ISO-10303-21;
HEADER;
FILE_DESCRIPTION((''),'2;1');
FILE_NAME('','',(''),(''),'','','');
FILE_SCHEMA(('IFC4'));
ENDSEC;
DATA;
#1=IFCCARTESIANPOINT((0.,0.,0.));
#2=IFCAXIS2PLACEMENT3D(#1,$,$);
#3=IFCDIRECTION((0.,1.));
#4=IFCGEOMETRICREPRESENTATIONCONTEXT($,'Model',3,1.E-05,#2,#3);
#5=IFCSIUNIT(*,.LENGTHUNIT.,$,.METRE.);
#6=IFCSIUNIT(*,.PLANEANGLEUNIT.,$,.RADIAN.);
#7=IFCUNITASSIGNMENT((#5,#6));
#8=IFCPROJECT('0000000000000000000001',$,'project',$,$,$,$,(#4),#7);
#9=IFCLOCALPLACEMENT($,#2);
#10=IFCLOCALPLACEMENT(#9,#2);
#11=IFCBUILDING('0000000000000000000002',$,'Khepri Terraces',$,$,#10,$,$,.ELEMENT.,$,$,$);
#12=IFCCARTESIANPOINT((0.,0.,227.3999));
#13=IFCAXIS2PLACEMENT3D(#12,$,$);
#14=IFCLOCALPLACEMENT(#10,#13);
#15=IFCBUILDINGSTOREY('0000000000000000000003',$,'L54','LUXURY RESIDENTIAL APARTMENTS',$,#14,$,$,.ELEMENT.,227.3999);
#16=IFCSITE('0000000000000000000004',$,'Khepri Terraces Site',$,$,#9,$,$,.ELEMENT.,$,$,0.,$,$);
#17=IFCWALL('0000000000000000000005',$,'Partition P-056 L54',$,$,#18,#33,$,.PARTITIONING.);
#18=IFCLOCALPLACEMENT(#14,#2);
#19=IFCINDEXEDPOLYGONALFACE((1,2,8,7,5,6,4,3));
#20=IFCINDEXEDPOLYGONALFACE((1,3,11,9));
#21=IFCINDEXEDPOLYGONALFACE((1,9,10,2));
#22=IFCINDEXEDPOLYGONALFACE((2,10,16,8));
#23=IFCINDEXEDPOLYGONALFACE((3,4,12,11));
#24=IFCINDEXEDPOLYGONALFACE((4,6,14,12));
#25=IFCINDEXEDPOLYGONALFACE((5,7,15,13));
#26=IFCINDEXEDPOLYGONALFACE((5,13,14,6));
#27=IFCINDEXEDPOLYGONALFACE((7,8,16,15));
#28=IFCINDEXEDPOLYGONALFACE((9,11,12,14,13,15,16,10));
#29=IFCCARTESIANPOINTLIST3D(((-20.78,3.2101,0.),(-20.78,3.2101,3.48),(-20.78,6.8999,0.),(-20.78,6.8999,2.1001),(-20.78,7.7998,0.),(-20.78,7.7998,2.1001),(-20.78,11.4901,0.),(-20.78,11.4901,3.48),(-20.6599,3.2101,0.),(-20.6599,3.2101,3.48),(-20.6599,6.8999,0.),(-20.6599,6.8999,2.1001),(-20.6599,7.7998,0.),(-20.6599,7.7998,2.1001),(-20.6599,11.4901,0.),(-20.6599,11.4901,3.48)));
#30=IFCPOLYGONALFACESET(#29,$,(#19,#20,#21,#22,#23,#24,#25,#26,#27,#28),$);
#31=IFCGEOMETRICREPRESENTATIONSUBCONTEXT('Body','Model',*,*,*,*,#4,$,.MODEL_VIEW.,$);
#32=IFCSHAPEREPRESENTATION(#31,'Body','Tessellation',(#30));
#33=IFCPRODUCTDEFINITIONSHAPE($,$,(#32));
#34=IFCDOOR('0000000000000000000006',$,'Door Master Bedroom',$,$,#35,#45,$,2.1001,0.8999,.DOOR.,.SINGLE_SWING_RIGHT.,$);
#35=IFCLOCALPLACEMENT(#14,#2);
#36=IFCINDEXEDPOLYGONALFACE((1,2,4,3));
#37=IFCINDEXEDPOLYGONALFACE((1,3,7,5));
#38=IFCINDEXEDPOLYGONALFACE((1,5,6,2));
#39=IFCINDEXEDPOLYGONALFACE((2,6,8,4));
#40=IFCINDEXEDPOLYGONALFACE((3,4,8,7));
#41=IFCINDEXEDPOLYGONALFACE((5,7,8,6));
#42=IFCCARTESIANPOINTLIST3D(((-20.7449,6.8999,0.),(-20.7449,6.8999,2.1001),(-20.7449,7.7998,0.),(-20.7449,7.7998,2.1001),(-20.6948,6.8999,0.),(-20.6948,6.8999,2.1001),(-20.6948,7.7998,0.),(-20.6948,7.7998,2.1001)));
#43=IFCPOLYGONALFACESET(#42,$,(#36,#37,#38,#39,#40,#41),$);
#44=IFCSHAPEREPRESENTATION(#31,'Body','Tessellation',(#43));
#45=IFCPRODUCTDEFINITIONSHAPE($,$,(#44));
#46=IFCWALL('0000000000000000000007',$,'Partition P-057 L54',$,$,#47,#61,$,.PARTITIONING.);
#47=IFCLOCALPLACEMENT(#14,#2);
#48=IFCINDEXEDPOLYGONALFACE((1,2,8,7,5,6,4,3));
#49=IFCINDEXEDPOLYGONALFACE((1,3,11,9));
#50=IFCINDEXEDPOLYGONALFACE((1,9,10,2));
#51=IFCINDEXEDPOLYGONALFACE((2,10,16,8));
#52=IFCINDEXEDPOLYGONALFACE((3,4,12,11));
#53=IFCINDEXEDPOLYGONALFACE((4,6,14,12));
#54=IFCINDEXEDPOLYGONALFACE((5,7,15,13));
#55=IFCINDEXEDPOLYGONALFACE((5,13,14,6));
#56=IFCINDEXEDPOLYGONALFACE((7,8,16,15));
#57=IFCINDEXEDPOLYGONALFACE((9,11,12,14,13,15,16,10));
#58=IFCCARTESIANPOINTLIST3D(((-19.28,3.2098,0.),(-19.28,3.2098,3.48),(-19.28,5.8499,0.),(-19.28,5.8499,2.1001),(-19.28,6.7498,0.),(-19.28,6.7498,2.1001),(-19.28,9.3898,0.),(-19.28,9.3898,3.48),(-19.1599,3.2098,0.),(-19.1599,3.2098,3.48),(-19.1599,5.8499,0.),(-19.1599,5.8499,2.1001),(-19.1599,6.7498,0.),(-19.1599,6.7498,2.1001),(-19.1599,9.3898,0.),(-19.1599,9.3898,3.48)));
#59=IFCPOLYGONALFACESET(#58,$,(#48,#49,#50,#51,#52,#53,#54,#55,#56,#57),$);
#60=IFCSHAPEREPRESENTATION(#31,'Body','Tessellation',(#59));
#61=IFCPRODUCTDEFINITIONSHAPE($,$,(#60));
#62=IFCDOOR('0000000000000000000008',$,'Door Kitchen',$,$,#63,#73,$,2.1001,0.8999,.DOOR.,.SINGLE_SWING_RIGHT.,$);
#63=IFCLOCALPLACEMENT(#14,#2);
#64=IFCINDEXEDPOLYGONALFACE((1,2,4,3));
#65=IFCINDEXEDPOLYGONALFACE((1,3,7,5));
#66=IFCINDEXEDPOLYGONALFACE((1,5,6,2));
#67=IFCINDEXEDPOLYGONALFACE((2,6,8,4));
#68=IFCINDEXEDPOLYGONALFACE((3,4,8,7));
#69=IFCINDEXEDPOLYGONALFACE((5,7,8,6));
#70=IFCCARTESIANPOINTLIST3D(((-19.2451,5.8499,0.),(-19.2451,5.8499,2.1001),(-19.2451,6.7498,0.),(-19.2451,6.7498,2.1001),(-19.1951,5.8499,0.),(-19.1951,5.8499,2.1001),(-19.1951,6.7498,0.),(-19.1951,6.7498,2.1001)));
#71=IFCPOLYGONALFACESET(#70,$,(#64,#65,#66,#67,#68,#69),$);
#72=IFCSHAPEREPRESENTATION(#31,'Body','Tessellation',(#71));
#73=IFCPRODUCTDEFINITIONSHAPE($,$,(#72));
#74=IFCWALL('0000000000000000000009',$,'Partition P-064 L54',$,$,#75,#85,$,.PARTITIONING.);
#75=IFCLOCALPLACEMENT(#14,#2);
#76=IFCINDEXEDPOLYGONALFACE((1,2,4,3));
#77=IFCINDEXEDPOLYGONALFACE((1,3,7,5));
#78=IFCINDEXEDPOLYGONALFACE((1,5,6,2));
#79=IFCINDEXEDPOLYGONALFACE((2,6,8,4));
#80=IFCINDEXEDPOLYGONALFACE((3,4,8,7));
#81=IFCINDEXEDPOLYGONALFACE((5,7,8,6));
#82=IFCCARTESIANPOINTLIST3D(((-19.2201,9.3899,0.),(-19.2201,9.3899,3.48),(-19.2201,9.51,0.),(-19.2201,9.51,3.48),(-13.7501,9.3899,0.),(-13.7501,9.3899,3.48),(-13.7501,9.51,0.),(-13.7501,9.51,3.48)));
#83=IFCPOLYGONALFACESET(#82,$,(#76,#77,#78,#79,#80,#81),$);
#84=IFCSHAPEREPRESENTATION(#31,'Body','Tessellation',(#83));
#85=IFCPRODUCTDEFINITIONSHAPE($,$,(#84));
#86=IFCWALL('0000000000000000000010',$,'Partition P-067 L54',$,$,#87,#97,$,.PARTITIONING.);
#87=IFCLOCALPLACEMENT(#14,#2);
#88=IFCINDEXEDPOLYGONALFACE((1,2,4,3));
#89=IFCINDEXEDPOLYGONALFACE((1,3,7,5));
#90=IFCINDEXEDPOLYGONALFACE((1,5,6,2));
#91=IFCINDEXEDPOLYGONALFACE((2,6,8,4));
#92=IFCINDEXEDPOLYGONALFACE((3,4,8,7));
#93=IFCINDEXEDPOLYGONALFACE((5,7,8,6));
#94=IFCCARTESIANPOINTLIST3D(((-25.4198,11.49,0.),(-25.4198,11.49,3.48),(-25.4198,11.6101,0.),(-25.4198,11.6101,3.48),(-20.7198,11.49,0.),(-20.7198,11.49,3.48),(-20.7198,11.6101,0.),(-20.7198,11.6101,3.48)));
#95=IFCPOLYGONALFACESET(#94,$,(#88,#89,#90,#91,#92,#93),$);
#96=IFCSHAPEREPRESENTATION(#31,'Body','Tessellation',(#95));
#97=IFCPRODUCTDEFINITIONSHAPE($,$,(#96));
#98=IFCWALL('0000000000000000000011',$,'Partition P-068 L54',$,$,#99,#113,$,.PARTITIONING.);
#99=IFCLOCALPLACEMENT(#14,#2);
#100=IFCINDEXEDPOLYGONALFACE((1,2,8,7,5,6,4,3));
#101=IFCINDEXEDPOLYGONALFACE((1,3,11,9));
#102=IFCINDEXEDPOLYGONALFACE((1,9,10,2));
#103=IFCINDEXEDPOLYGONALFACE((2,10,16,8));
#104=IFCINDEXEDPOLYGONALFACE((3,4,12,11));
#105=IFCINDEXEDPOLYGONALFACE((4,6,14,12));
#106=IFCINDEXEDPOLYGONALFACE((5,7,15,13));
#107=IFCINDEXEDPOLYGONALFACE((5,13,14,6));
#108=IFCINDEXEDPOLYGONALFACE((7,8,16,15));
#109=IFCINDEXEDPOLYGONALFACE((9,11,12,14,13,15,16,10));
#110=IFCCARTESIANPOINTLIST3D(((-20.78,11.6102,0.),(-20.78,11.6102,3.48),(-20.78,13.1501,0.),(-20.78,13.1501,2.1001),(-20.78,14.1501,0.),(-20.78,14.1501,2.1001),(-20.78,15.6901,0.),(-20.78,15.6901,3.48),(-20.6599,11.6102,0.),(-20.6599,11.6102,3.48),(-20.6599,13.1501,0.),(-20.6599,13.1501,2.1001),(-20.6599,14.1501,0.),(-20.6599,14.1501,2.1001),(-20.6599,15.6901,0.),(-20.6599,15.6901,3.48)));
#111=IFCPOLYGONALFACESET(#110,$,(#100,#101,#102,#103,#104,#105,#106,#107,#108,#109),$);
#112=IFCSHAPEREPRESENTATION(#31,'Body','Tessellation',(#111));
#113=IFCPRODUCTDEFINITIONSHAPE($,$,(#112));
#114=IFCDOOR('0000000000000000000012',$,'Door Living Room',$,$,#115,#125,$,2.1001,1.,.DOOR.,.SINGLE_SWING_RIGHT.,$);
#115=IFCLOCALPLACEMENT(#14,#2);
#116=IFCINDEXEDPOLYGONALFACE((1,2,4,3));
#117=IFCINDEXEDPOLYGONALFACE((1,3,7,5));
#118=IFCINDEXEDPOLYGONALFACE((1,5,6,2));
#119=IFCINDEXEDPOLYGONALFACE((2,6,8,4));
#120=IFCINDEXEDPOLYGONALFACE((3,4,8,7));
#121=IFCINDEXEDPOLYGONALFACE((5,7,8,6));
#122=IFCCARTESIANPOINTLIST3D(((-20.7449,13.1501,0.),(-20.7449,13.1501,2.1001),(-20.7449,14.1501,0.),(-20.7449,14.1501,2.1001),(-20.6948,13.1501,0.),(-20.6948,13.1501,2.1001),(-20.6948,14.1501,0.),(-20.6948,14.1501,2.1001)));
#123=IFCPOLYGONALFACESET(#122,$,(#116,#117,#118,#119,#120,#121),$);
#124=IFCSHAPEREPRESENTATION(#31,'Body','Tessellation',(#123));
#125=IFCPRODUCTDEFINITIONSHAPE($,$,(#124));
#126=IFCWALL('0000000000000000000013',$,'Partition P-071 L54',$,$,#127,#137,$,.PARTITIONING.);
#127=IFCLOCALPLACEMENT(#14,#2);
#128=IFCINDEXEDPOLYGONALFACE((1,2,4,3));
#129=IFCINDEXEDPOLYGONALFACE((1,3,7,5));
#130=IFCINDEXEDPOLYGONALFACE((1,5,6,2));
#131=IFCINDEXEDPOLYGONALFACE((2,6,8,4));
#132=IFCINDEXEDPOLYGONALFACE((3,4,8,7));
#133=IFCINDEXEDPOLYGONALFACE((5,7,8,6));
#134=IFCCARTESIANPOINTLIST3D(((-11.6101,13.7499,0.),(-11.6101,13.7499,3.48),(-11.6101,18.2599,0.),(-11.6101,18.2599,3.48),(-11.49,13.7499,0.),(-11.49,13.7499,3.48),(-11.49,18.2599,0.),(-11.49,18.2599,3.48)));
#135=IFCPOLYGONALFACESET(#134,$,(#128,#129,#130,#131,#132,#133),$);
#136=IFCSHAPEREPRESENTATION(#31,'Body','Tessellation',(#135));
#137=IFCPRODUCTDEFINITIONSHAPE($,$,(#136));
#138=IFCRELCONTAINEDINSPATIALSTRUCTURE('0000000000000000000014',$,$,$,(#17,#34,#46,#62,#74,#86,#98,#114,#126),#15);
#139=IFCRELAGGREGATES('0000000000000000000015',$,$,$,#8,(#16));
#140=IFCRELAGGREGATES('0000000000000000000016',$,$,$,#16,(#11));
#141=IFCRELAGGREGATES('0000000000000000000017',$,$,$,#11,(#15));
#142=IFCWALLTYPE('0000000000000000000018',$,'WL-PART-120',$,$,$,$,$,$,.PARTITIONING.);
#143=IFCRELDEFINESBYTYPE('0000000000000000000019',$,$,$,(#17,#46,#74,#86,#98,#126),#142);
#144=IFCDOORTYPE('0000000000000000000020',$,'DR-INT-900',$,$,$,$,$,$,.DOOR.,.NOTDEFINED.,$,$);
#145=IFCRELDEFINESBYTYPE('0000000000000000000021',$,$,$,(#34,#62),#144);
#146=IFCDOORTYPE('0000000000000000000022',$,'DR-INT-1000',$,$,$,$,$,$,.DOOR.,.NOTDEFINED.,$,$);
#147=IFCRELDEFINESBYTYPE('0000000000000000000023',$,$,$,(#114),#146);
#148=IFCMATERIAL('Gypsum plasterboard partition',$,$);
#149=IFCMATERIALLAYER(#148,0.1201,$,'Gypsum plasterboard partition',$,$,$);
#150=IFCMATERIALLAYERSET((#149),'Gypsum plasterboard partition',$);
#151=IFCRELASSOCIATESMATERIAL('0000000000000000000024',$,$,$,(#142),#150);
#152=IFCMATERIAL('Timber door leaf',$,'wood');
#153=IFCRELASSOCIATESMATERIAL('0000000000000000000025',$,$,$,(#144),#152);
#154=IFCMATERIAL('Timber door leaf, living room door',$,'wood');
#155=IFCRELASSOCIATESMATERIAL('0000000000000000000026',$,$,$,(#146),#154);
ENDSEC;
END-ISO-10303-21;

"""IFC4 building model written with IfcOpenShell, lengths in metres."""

from ifc_helpers import new_model, si_unit, direction, frame, frame_2d, origin, place, context, subcontext, project, spatial, rectangle, extrude, material, layer, layer_set, type_object, element, fill, save


model = new_model("IFC4")

# Units and contexts
model_context = context("Model", 3, precision=1e-05, world=origin(), true_north=direction((0.0, 1.0)))
body_context = subcontext(model_context, "Body", "Model", "MODEL_VIEW")
ifc_project = project(units=[si_unit("LENGTHUNIT", "METRE"), si_unit("PLANEANGLEUNIT", "RADIAN")], contexts=[model_context])

# Site, building, storey
site_placement = place(None, origin())
site = spatial("IfcSite", under=ifc_project, at=site_placement, Name="Khepri Terraces Site", CompositionType="ELEMENT", RefElevation=0.0)
building_placement = place(site_placement, origin())
building = spatial("IfcBuilding", under=site, at=building_placement, Name="Khepri Terraces", CompositionType="ELEMENT")
storey_placement = place(building_placement, frame((0.0, 0.0, 227.3999)))
storey = spatial("IfcBuildingStorey", under=building, at=storey_placement, Name="L54", Description="LUXURY RESIDENTIAL APARTMENTS", CompositionType="ELEMENT", Elevation=227.3999)

# Shared definitions
ifc_material_1 = material(Name="Gypsum plasterboard partition")
ifc_layer_1 = layer(ifc_material_1, 0.1201, Name="Gypsum plasterboard partition")
ifc_layer_set_1 = layer_set([ifc_layer_1], Name="Gypsum plasterboard partition")
wall_type_1 = type_object("IfcWallType", Name="WL-PART-120", PredefinedType="PARTITIONING", material=ifc_layer_set_1)

# Shared definitions
ifc_material_2 = material(Name="Timber door leaf", Category="wood")
door_type_1 = type_object("IfcDoorType", Name="DR-INT-900", OperationType="NOTDEFINED", PredefinedType="DOOR", material=ifc_material_2)

# Walls, openings, doors
wall_1_placement = place(storey_placement, frame((-20.72, 3.21, 0.0), z_axis=(0.0, 0.0, 1.0), x_axis=(0.0, 1.0, 0.0)))
wall_1 = element("IfcWall", 1, at=wall_1_placement, inside=storey, type_object=wall_type_1, Name="Partition P-056 L54", PredefinedType="PARTITIONING", context=body_context, shape_type="SweptSolid", body=[
    extrude(rectangle(XDim=8.28, YDim=0.1201, at=frame_2d((4.1401, 0.0))), origin(), (0.0, 0.0, 1.0), 3.48),
])
opening_1_placement = place(wall_1_placement, frame((3.6899, 0.0, 0.0)))
opening_1 = element("IfcOpeningElement", 2, at=opening_1_placement, cuts=wall_1, PredefinedType="OPENING", context=body_context, shape_type="SweptSolid", body=[
    extrude(rectangle(XDim=0.8999, YDim=2.1001, at=frame_2d((0.45, 1.05))), frame((0.0, 0.0701, 0.0), z_axis=(0.0, -1.0, 0.0), x_axis=(1.0, 0.0, 0.0)), (0.0, 0.0, 1.0), 0.1401),
])
door_1_placement = place(opening_1_placement, origin())
door_1 = element("IfcDoor", 3, at=door_1_placement, inside=storey, type_object=door_type_1, Name="Door Master Bedroom", OperationType="SINGLE_SWING_RIGHT", OverallHeight=2.1001, OverallWidth=0.8999, PredefinedType="DOOR", context=body_context, shape_type="SweptSolid", body=[
    extrude(rectangle(XDim=0.8999, YDim=2.1001, at=frame_2d((0.45, 1.05))), frame((0.0, 0.0249, 0.0), z_axis=(0.0, -1.0, 0.0), x_axis=(1.0, 0.0, 0.0)), (0.0, 0.0, 1.0), 0.05),
])
fill(opening_1, door_1)
wall_2_placement = place(storey_placement, frame((-19.22, 3.21, 0.0), z_axis=(0.0, 0.0, 1.0), x_axis=(0.0, 1.0, 0.0)))
wall_2 = element("IfcWall", 4, at=wall_2_placement, inside=storey, type_object=wall_type_1, Name="Partition P-057 L54", PredefinedType="PARTITIONING", context=body_context, shape_type="SweptSolid", body=[
    extrude(rectangle(XDim=6.1799, YDim=0.1201, at=frame_2d((3.0898, 0.0))), origin(), (0.0, 0.0, 1.0), 3.48),
])
opening_2_placement = place(wall_2_placement, frame((2.6399, 0.0, 0.0)))
opening_2 = element("IfcOpeningElement", 5, at=opening_2_placement, cuts=wall_2, PredefinedType="OPENING", context=body_context, shape_type="SweptSolid", body=[
    extrude(rectangle(XDim=0.8999, YDim=2.1001, at=frame_2d((0.45, 1.05))), frame((0.0, 0.0701, 0.0), z_axis=(0.0, -1.0, 0.0), x_axis=(1.0, 0.0, 0.0)), (0.0, 0.0, 1.0), 0.1401),
])
door_2_placement = place(opening_2_placement, frame((0.8999, 0.0, 0.0), z_axis=(0.0, 0.0, 1.0), x_axis=(-1.0, 0.0, 0.0)))
door_2 = element("IfcDoor", 6, at=door_2_placement, inside=storey, type_object=door_type_1, Name="Door Kitchen", OperationType="SINGLE_SWING_RIGHT", OverallHeight=2.1001, OverallWidth=0.8999, PredefinedType="DOOR", context=body_context, shape_type="SweptSolid", body=[
    extrude(rectangle(XDim=0.8999, YDim=2.1001, at=frame_2d((0.45, 1.05))), frame((0.0, 0.0249, 0.0), z_axis=(0.0, -1.0, 0.0), x_axis=(1.0, 0.0, 0.0)), (0.0, 0.0, 1.0), 0.05),
])
fill(opening_2, door_2)

# Walls
wall_3_placement = place(storey_placement, frame((-19.22, 9.45, 0.0), z_axis=(0.0, 0.0, 1.0), x_axis=(1.0, 0.0, 0.0)))
element("IfcWall", 7, at=wall_3_placement, inside=storey, type_object=wall_type_1, Name="Partition P-064 L54", PredefinedType="PARTITIONING", context=body_context, shape_type="SweptSolid", body=[
    extrude(rectangle(XDim=5.47, YDim=0.1201, at=frame_2d((2.7349, 0.0))), origin(), (0.0, 0.0, 1.0), 3.48),
])
wall_4_placement = place(storey_placement, frame((-25.4199, 11.55, 0.0), z_axis=(0.0, 0.0, 1.0), x_axis=(1.0, 0.0, 0.0)))
element("IfcWall", 8, at=wall_4_placement, inside=storey, type_object=wall_type_1, Name="Partition P-067 L54", PredefinedType="PARTITIONING", context=body_context, shape_type="SweptSolid", body=[
    extrude(rectangle(XDim=4.7, YDim=0.1201, at=frame_2d((2.3501, 0.0))), origin(), (0.0, 0.0, 1.0), 3.48),
])

# Wall, opening, door
wall_5_placement = place(storey_placement, frame((-20.72, 11.6101, 0.0), z_axis=(0.0, 0.0, 1.0), x_axis=(0.0, 1.0, 0.0)))
wall_5 = element("IfcWall", 9, at=wall_5_placement, inside=storey, type_object=wall_type_1, Name="Partition P-068 L54", PredefinedType="PARTITIONING", context=body_context, shape_type="SweptSolid", body=[
    extrude(rectangle(XDim=4.0798, YDim=0.1201, at=frame_2d((2.04, 0.0))), origin(), (0.0, 0.0, 1.0), 3.48),
])
opening_3_placement = place(wall_5_placement, frame((1.54, 0.0, 0.0)))
opening_3 = element("IfcOpeningElement", 10, at=opening_3_placement, cuts=wall_5, PredefinedType="OPENING", context=body_context, shape_type="SweptSolid", body=[
    extrude(rectangle(XDim=1.0, YDim=2.1001, at=frame_2d((0.5, 1.05))), frame((0.0, 0.0701, 0.0), z_axis=(0.0, -1.0, 0.0), x_axis=(1.0, 0.0, 0.0)), (0.0, 0.0, 1.0), 0.1401),
])
ifc_material_3 = material(Name="Timber door leaf, living room door", Category="wood")
door_type_2 = type_object("IfcDoorType", Name="DR-INT-1000", OperationType="NOTDEFINED", PredefinedType="DOOR", material=ifc_material_3)
door_3_placement = place(opening_3_placement, origin())
door_3 = element("IfcDoor", 11, at=door_3_placement, inside=storey, type_object=door_type_2, Name="Door Living Room", OperationType="SINGLE_SWING_RIGHT", OverallHeight=2.1001, OverallWidth=1.0, PredefinedType="DOOR", context=body_context, shape_type="SweptSolid", body=[
    extrude(rectangle(XDim=1.0, YDim=2.1001, at=frame_2d((0.5, 1.05))), frame((0.0, 0.0249, 0.0), z_axis=(0.0, -1.0, 0.0), x_axis=(1.0, 0.0, 0.0)), (0.0, 0.0, 1.0), 0.05),
])
fill(opening_3, door_3)

# Wall
wall_6_placement = place(storey_placement, frame((-11.55, 13.75, 0.0), z_axis=(0.0, 0.0, 1.0), x_axis=(0.0, 1.0, 0.0)))
element("IfcWall", 12, at=wall_6_placement, inside=storey, type_object=wall_type_1, Name="Partition P-071 L54", PredefinedType="PARTITIONING", context=body_context, shape_type="SweptSolid", body=[
    extrude(rectangle(XDim=4.51, YDim=0.1201, at=frame_2d((2.2549, 0.0))), origin(), (0.0, 0.0, 1.0), 3.48),
])

save(model, "model.ifc")
